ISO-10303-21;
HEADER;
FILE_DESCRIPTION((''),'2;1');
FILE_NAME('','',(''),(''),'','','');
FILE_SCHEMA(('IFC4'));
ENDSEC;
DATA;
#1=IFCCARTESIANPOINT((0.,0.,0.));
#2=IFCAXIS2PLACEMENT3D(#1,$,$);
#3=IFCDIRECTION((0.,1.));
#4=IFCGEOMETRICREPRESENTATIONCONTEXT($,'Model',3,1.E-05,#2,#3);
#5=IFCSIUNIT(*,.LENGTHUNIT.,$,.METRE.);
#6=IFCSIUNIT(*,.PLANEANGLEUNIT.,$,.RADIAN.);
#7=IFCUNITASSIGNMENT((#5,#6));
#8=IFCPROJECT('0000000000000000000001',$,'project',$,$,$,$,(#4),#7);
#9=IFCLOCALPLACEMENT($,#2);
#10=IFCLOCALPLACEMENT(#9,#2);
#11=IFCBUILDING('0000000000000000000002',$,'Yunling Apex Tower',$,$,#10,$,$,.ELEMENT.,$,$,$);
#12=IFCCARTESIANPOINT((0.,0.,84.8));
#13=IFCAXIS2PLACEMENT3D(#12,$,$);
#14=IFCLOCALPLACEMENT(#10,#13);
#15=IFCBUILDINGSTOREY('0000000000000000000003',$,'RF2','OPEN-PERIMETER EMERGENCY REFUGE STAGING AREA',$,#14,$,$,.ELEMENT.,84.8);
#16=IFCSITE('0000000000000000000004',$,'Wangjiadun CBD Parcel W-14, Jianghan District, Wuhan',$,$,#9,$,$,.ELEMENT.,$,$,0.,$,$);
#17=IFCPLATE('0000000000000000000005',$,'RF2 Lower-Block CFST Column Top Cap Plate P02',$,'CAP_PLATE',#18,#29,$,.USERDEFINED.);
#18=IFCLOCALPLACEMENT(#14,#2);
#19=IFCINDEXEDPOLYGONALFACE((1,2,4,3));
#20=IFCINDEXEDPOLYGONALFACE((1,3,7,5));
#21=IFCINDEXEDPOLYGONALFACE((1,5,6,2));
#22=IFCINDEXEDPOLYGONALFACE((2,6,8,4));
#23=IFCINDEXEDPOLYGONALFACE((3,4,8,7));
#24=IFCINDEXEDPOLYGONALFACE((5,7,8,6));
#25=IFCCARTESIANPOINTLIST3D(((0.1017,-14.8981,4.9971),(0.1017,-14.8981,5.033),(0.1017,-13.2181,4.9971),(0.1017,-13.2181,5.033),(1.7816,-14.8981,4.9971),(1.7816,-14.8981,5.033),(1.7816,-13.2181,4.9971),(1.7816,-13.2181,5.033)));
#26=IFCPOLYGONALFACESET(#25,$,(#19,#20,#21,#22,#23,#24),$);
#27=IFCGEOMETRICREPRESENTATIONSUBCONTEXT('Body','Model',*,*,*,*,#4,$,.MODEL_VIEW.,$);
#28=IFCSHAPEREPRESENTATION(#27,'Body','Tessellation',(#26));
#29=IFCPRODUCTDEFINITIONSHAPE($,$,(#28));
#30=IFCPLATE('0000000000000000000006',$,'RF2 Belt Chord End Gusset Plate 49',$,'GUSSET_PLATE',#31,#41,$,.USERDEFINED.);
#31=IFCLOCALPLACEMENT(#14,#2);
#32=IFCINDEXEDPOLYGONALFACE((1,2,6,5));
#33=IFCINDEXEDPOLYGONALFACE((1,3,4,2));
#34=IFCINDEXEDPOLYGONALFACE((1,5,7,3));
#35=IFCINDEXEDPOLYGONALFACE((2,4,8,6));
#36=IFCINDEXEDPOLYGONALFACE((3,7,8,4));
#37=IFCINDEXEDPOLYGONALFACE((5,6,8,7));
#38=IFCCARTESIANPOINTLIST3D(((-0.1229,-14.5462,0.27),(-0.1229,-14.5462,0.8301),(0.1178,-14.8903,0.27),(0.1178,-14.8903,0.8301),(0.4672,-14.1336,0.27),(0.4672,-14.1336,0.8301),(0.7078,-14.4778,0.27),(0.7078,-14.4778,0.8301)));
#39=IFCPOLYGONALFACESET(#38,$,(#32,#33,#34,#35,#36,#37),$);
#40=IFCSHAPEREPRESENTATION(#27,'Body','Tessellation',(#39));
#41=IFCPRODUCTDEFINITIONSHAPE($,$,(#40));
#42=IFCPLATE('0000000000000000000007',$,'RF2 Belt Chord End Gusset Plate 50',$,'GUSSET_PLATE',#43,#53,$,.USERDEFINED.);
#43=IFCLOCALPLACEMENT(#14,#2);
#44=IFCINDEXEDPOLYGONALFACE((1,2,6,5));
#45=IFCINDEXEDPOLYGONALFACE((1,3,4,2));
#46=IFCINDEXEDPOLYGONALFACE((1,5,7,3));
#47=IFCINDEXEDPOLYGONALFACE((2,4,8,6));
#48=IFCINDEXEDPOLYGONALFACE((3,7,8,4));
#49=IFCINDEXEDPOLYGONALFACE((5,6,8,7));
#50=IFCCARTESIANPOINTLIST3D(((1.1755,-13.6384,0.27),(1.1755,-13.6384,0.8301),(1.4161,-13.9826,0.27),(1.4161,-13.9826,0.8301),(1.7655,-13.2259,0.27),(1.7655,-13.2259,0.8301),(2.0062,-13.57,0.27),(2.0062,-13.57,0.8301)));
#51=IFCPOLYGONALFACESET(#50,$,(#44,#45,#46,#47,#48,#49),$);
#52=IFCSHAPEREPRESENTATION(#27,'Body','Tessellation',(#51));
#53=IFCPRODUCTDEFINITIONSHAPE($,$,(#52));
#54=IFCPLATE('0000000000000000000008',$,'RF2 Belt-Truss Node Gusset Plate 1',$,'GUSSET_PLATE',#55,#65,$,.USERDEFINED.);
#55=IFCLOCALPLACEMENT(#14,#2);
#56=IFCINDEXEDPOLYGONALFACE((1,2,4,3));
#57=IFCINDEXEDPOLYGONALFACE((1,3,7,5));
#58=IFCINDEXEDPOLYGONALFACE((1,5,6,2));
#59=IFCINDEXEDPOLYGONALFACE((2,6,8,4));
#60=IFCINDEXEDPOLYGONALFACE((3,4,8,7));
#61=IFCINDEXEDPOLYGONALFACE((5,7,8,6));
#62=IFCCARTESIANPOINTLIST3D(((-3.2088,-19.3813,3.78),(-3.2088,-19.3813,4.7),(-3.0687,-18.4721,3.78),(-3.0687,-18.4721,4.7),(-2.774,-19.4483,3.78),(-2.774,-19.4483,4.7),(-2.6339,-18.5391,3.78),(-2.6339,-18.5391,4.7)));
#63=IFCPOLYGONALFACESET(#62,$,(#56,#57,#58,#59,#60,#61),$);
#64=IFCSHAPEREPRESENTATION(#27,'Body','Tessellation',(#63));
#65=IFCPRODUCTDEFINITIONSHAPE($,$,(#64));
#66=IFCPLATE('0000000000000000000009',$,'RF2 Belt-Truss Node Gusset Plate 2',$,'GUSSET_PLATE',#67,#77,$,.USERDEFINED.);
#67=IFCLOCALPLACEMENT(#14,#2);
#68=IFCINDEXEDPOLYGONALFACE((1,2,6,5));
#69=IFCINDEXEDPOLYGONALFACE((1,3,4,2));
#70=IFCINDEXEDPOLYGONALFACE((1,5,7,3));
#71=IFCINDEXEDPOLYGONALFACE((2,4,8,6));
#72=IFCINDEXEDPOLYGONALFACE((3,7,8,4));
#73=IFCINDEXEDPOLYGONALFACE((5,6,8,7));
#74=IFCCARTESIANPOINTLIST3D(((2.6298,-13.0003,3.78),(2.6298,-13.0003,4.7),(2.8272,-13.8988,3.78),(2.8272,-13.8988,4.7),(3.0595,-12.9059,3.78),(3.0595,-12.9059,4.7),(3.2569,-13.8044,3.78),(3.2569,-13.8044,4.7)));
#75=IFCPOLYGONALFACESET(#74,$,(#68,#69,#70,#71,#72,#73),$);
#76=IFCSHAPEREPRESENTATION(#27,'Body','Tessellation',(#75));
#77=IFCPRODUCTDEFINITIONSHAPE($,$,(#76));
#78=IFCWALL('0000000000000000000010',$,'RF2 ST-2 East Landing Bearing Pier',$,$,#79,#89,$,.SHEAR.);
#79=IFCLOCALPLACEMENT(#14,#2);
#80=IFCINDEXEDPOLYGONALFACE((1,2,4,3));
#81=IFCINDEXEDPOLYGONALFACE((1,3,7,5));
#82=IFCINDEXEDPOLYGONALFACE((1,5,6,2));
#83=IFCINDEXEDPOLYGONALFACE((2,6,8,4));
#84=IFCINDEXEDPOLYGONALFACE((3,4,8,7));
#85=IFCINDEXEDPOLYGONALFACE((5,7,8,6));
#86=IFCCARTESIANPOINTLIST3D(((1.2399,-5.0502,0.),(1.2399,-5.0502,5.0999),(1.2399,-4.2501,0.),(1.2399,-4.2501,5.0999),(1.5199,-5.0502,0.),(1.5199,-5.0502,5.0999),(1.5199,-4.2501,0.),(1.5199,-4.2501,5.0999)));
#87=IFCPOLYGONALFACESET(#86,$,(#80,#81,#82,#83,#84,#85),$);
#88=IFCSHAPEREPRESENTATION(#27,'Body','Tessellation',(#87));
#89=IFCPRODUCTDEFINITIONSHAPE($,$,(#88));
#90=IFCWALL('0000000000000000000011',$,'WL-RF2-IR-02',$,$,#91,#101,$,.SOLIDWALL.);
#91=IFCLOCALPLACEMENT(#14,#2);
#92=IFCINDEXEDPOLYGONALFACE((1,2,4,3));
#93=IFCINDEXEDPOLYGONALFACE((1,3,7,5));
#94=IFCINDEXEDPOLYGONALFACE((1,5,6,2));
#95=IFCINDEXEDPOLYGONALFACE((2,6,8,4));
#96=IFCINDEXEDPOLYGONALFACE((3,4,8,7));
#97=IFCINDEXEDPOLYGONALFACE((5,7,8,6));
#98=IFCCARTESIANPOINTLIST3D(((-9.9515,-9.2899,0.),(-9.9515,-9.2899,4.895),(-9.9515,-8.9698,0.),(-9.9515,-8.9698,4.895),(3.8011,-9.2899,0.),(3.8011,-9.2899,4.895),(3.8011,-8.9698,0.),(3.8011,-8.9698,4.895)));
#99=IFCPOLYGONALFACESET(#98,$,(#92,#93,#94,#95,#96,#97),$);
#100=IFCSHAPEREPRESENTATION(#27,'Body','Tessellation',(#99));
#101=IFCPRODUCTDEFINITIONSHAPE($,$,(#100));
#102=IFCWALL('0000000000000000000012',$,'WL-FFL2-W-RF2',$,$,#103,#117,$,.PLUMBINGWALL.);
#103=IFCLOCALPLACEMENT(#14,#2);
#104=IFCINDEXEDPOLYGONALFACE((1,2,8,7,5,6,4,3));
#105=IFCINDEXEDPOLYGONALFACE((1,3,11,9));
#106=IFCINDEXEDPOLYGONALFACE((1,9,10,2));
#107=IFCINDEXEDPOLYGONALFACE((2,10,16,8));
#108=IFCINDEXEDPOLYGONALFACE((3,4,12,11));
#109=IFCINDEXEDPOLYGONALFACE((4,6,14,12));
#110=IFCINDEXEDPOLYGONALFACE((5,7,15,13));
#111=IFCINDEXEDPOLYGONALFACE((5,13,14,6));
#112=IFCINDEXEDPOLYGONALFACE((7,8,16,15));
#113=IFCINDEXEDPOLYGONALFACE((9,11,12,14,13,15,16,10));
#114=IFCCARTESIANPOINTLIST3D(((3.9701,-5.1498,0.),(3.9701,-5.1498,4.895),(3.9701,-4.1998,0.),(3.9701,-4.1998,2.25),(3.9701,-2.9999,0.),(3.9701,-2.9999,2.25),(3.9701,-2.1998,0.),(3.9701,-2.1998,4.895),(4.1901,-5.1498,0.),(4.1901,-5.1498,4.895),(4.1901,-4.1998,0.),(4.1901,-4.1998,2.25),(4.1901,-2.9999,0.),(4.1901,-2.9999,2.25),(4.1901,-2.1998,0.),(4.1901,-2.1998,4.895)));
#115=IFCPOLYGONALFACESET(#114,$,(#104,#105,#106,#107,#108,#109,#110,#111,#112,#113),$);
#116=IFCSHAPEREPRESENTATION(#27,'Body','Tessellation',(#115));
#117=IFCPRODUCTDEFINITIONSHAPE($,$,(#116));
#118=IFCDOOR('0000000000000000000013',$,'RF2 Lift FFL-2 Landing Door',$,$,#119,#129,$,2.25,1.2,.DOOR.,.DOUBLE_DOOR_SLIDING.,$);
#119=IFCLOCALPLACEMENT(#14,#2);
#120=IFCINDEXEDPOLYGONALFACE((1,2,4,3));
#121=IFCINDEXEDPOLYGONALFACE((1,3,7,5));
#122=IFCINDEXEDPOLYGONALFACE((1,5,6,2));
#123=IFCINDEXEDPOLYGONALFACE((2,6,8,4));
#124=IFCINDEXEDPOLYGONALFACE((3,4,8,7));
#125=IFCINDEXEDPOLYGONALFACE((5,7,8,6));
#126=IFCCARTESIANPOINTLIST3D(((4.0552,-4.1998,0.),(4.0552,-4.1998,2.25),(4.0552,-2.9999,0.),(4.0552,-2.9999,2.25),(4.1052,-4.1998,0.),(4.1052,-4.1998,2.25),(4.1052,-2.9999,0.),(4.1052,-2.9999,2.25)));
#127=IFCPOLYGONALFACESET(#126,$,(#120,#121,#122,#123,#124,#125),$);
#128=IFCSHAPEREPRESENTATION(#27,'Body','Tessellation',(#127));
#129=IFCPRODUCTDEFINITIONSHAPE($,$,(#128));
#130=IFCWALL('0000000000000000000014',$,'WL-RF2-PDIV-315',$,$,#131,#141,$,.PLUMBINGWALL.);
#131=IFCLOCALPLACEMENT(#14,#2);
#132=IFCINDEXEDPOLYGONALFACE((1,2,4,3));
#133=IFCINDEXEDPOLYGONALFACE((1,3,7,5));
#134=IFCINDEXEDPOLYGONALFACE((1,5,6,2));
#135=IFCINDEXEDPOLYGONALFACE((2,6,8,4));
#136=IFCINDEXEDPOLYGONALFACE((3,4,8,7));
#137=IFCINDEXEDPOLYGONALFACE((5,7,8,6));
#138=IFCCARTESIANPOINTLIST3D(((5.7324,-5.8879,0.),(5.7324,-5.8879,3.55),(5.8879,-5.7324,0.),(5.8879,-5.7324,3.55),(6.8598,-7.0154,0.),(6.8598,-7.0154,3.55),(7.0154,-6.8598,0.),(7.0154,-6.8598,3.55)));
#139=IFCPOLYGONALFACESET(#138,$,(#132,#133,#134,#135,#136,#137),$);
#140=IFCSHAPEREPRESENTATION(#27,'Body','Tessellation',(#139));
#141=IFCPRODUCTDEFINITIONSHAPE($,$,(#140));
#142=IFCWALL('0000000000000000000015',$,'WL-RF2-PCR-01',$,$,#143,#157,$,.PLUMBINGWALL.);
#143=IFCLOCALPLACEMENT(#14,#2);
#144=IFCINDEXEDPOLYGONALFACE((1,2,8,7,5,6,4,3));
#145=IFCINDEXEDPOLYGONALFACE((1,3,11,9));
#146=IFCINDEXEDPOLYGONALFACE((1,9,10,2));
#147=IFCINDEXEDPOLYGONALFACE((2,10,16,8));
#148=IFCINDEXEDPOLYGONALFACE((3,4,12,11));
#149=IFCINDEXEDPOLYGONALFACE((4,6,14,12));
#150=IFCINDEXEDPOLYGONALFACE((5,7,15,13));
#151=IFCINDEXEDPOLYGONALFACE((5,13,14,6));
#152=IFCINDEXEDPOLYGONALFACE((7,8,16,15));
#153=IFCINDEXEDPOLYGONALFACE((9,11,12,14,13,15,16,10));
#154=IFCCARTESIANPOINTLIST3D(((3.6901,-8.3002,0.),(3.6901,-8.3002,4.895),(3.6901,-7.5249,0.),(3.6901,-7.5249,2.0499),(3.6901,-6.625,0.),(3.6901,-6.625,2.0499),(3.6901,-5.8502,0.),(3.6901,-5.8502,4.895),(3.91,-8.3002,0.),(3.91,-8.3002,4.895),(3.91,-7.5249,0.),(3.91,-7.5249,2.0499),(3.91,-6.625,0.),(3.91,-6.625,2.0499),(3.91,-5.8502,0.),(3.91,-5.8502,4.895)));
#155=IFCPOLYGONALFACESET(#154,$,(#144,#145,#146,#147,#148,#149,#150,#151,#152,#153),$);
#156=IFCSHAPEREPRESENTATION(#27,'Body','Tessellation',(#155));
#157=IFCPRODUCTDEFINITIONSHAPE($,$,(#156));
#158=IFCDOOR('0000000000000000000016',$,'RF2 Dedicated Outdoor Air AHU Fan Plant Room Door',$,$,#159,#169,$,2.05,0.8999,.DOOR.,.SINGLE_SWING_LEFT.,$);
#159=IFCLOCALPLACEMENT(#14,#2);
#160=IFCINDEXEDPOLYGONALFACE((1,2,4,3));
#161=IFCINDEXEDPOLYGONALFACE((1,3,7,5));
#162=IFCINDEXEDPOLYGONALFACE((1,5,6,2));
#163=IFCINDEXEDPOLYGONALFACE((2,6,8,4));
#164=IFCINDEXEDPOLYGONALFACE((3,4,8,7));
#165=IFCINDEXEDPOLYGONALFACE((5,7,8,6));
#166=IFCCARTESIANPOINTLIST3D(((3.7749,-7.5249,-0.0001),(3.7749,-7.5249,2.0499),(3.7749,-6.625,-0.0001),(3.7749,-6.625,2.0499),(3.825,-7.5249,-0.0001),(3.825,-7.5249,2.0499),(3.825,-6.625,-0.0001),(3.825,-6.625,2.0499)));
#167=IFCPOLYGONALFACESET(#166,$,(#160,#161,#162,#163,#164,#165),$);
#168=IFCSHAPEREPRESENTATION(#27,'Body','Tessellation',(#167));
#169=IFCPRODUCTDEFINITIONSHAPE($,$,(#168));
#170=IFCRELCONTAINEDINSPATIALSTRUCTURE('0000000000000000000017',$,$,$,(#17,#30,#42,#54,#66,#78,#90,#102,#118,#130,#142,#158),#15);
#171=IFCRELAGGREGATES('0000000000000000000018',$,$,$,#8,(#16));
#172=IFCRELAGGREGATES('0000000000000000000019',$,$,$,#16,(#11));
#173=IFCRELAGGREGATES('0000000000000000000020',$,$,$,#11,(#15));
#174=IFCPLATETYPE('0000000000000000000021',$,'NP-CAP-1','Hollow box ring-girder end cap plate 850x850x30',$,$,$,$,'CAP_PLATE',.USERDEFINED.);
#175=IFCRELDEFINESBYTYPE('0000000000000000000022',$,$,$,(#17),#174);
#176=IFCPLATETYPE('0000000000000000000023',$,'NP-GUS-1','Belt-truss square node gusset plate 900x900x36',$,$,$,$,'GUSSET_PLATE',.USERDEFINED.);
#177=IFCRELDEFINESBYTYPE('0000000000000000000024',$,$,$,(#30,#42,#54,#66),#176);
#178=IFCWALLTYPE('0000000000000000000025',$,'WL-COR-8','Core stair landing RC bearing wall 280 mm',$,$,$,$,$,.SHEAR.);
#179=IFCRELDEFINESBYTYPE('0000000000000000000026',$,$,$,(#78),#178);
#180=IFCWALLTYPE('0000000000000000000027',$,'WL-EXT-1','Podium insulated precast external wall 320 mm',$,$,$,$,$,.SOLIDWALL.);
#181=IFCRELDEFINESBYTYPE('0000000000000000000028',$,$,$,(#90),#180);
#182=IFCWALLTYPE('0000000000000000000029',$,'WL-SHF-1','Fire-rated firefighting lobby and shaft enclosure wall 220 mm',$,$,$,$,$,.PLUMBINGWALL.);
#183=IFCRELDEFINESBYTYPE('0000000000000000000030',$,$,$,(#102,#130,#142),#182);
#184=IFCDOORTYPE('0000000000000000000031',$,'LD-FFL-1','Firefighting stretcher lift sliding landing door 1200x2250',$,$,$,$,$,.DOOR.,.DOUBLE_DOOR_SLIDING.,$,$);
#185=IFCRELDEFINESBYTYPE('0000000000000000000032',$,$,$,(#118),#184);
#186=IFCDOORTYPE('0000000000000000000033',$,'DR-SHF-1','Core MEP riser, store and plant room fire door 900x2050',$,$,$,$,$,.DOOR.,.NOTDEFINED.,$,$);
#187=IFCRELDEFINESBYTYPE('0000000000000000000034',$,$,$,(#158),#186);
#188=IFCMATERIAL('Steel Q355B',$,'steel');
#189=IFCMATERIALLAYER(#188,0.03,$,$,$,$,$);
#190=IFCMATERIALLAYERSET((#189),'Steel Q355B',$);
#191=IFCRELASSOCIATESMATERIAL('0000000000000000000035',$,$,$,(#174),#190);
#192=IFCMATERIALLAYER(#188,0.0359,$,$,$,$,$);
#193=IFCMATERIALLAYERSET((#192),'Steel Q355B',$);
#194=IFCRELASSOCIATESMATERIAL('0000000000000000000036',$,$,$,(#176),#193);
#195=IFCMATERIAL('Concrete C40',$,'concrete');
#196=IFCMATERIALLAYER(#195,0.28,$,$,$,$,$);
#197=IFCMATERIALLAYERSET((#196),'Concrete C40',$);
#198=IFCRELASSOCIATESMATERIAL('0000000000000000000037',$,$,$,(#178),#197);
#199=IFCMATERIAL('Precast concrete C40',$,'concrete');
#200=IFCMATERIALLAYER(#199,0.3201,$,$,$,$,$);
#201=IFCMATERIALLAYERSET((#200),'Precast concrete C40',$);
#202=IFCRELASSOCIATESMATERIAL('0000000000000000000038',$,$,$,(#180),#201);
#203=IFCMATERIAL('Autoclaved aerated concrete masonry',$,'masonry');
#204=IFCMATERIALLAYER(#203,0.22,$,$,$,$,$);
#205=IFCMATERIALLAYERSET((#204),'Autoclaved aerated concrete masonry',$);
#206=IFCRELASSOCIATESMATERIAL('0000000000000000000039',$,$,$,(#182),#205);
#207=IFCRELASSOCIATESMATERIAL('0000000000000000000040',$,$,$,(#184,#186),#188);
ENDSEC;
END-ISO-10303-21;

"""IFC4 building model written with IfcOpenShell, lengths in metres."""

from ifc_helpers import new_model, si_unit, direction, frame, frame_2d, origin, origin_2d, place, context, subcontext, project, spatial, rectangle, extrude, source, transform, mapped, material, layer, layer_set, type_object, element, fill, save


model = new_model("IFC4")

# Units and contexts
model_context = context("Model", 3, precision=1e-05, world=origin(), true_north=direction((0.0, 1.0)))
body_context = subcontext(model_context, "Body", "Model", "MODEL_VIEW")
ifc_project = project(units=[si_unit("LENGTHUNIT", "METRE"), si_unit("PLANEANGLEUNIT", "RADIAN")], contexts=[model_context])

# Site, building, storey
site_placement = place(None, origin())
site = spatial("IfcSite", under=ifc_project, at=site_placement, Name="Wangjiadun CBD Parcel W-14, Jianghan District, Wuhan", CompositionType="ELEMENT", RefElevation=0.0)
building_placement = place(site_placement, origin())
building = spatial("IfcBuilding", under=site, at=building_placement, Name="Yunling Apex Tower", CompositionType="ELEMENT")
storey_placement = place(building_placement, frame((0.0, 0.0, 84.8)))
storey = spatial("IfcBuildingStorey", under=building, at=storey_placement, Name="RF2", Description="OPEN-PERIMETER EMERGENCY REFUGE STAGING AREA", CompositionType="ELEMENT", Elevation=84.8)

# Plates
ifc_material_1 = material(Name="Steel Q355B", Category="steel")
ifc_layer_1 = layer(ifc_material_1, 0.03)
ifc_layer_set_1 = layer_set([ifc_layer_1], Name="Steel Q355B")
plate_type_1 = type_object("IfcPlateType", Name="NP-CAP-1", Description="Hollow box ring-girder end cap plate 850x850x30", ElementType="CAP_PLATE", PredefinedType="USERDEFINED", material=ifc_layer_set_1)
shared_shape_1 = source(origin(), body_context, "Body", "SweptSolid", [
    extrude(rectangle(XDim=1.6799, YDim=1.6799, at=origin_2d()), origin(), (0.0, 0.0, 1.0), 0.0359),
])
plate_placement = place(storey_placement, frame((0.9417, -14.0581, 4.9971), z_axis=(0.0, 0.0, 1.0), x_axis=(1.0, 0.0, 0.0)))
element("IfcPlate", 1, at=plate_placement, inside=storey, type_object=plate_type_1, Name="RF2 Lower-Block CFST Column Top Cap Plate P02", ObjectType="CAP_PLATE", PredefinedType="USERDEFINED", context=body_context, shape_type="MappedRepresentation", body=[
    mapped(shared_shape_1, transform((0.0, 0.0, 0.0), scale=1.0)),
])
ifc_layer_2 = layer(ifc_material_1, 0.0359)
ifc_layer_set_2 = layer_set([ifc_layer_2], Name="Steel Q355B")
plate_type_2 = type_object("IfcPlateType", Name="NP-GUS-1", Description="Belt-truss square node gusset plate 900x900x36", ElementType="GUSSET_PLATE", PredefinedType="USERDEFINED", material=ifc_layer_set_2)
shared_shape_2 = source(origin(), body_context, "Body", "SweptSolid", [
    extrude(rectangle(XDim=0.72, YDim=0.4199, at=origin_2d()), origin(), (0.0, 0.0, 1.0), 0.5601),
])
for number, where, z_axis, x_axis, name in (
    (2, (0.2925, -14.512, 0.27), (0.0, 0.0, 1.0), (0.819552, 0.573004, 0.0), "RF2 Belt Chord End Gusset Plate 49"),
    (3, (1.5908, -13.6042, 0.27), (0.0, 0.0, 1.0), (0.819552, 0.573004, 0.0), "RF2 Belt Chord End Gusset Plate 50"),
):
    element("IfcPlate", number, at=place(storey_placement, frame(where, z_axis=z_axis, x_axis=x_axis)), inside=storey, type_object=plate_type_2, Name=name, ObjectType="GUSSET_PLATE", PredefinedType="USERDEFINED", context=body_context, shape_type="MappedRepresentation", body=[
        mapped(shared_shape_2, transform((0.0, 0.0, 0.0), scale=1.0)),
    ])
shared_shape_3 = source(origin(), body_context, "Body", "SweptSolid", [
    extrude(rectangle(XDim=0.9199, YDim=0.4399, at=origin_2d()), origin(), (0.0, 0.0, 1.0), 0.9199),
])
for number, where, z_axis, x_axis, name in (
    (4, (-2.9214, -18.9602, 3.78), (0.0, 0.0, 1.0), (-0.152296, -0.988335, 0.0), "RF2 Belt-Truss Node Gusset Plate 1"),
    (5, (2.9434, -13.4023, 3.78), (0.0, 0.0, 1.0), (0.214565, -0.97671, 0.0), "RF2 Belt-Truss Node Gusset Plate 2"),
):
    element("IfcPlate", number, at=place(storey_placement, frame(where, z_axis=z_axis, x_axis=x_axis)), inside=storey, type_object=plate_type_2, Name=name, ObjectType="GUSSET_PLATE", PredefinedType="USERDEFINED", context=body_context, shape_type="MappedRepresentation", body=[
        mapped(shared_shape_3, transform((0.0, 0.0, 0.0), scale=1.0)),
    ])

# Walls
ifc_material_2 = material(Name="Concrete C40", Category="concrete")
ifc_layer_3 = layer(ifc_material_2, 0.28)
ifc_layer_set_3 = layer_set([ifc_layer_3], Name="Concrete C40")
wall_type_1 = type_object("IfcWallType", Name="WL-COR-8", Description="Core stair landing RC bearing wall 280 mm", PredefinedType="SHEAR", material=ifc_layer_set_3)
wall_1_placement = place(storey_placement, frame((1.3799, -5.05, 0.0), z_axis=(0.0, 0.0, 1.0), x_axis=(0.0, 1.0, 0.0)))
element("IfcWall", 6, at=wall_1_placement, inside=storey, type_object=wall_type_1, Name="RF2 ST-2 East Landing Bearing Pier", PredefinedType="SHEAR", context=body_context, shape_type="SweptSolid", body=[
    extrude(rectangle(XDim=0.8, YDim=0.28, at=frame_2d((0.3999, 0.0))), origin(), (0.0, 0.0, 1.0), 5.0999),
])
ifc_material_3 = material(Name="Precast concrete C40", Category="concrete")
ifc_layer_4 = layer(ifc_material_3, 0.3201)
ifc_layer_set_4 = layer_set([ifc_layer_4], Name="Precast concrete C40")
wall_type_2 = type_object("IfcWallType", Name="WL-EXT-1", Description="Podium insulated precast external wall 320 mm", PredefinedType="SOLIDWALL", material=ifc_layer_set_4)
wall_2_placement = place(storey_placement, frame((3.8013, -9.1299, 0.0), z_axis=(0.0, 0.0, 1.0), x_axis=(-1.0, 0.0, 0.0)))
element("IfcWall", 7, at=wall_2_placement, inside=storey, type_object=wall_type_2, Name="WL-RF2-IR-02", PredefinedType="SOLIDWALL", context=body_context, shape_type="SweptSolid", body=[
    extrude(rectangle(XDim=13.7527, YDim=0.3201, at=frame_2d((6.8765, 0.0))), origin(), (0.0, 0.0, 1.0), 4.895),
])

# Wall, opening, door
ifc_material_4 = material(Name="Autoclaved aerated concrete masonry", Category="masonry")
ifc_layer_5 = layer(ifc_material_4, 0.22)
ifc_layer_set_5 = layer_set([ifc_layer_5], Name="Autoclaved aerated concrete masonry")
wall_type_3 = type_object("IfcWallType", Name="WL-SHF-1", Description="Fire-rated firefighting lobby and shaft enclosure wall 220 mm", PredefinedType="PLUMBINGWALL", material=ifc_layer_set_5)
wall_3_placement = place(storey_placement, frame((4.0801, -5.1499, 0.0), z_axis=(0.0, 0.0, 1.0), x_axis=(0.0, 1.0, 0.0)))
wall_3 = element("IfcWall", 8, at=wall_3_placement, inside=storey, type_object=wall_type_3, Name="WL-FFL2-W-RF2", PredefinedType="PLUMBINGWALL", context=body_context, shape_type="SweptSolid", body=[
    extrude(rectangle(XDim=2.95, YDim=0.22, at=frame_2d((1.4751, 0.0))), origin(), (0.0, 0.0, 1.0), 4.895),
])
opening_1_placement = place(wall_3_placement, frame((0.95, 0.0, 0.0)))
opening_1 = element("IfcOpeningElement", 9, at=opening_1_placement, cuts=wall_3, PredefinedType="OPENING", context=body_context, shape_type="SweptSolid", body=[
    extrude(rectangle(XDim=1.2, YDim=2.25, at=frame_2d((0.6001, 1.125))), frame((0.0, 0.1201, 0.0), z_axis=(0.0, -1.0, 0.0), x_axis=(1.0, 0.0, 0.0)), (0.0, 0.0, 1.0), 0.24),
])
door_type_1 = type_object("IfcDoorType", Name="LD-FFL-1", Description="Firefighting stretcher lift sliding landing door 1200x2250", OperationType="DOUBLE_DOOR_SLIDING", PredefinedType="DOOR", material=ifc_material_1)
door_1_placement = place(opening_1_placement, origin())
door_1 = element("IfcDoor", 10, at=door_1_placement, inside=storey, type_object=door_type_1, Name="RF2 Lift FFL-2 Landing Door", OperationType="DOUBLE_DOOR_SLIDING", OverallHeight=2.25, OverallWidth=1.2, PredefinedType="DOOR", context=body_context, shape_type="SweptSolid", body=[
    extrude(rectangle(XDim=1.2, YDim=2.25, at=frame_2d((0.6001, 1.125))), frame((0.0, 0.0249, 0.0), z_axis=(0.0, -1.0, 0.0), x_axis=(1.0, 0.0, 0.0)), (0.0, 0.0, 1.0), 0.05),
])
fill(opening_1, door_1)

# Wall
wall_4_placement = place(storey_placement, frame((5.8101, -5.8101, 0.0), z_axis=(0.0, 0.0, 1.0), x_axis=(0.707107, -0.707107, 0.0)))
element("IfcWall", 11, at=wall_4_placement, inside=storey, type_object=wall_type_3, Name="WL-RF2-PDIV-315", PredefinedType="PLUMBINGWALL", context=body_context, shape_type="SweptSolid", body=[
    extrude(rectangle(XDim=1.5945, YDim=0.22, at=frame_2d((0.7974, 0.0))), origin(), (0.0, 0.0, 1.0), 3.55),
])

# Wall, opening, door
wall_5_placement = place(storey_placement, frame((3.8, -5.8501, 0.0), z_axis=(0.0, 0.0, 1.0), x_axis=(0.0, -1.0, 0.0)))
wall_5 = element("IfcWall", 12, at=wall_5_placement, inside=storey, type_object=wall_type_3, Name="WL-RF2-PCR-01", PredefinedType="PLUMBINGWALL", context=body_context, shape_type="SweptSolid", body=[
    extrude(rectangle(XDim=2.45, YDim=0.22, at=frame_2d((1.2251, 0.0))), origin(), (0.0, 0.0, 1.0), 4.895),
])
opening_2_placement = place(wall_5_placement, frame((0.7749, 0.0, 0.0)))
opening_2 = element("IfcOpeningElement", 13, at=opening_2_placement, cuts=wall_5, PredefinedType="OPENING", context=body_context, shape_type="SweptSolid", body=[
    extrude(rectangle(XDim=0.8999, YDim=2.05, at=frame_2d((0.45, 1.0249))), frame((0.0, 0.1201, 0.0), z_axis=(0.0, -1.0, 0.0), x_axis=(1.0, 0.0, 0.0)), (0.0, 0.0, 1.0), 0.24),
])
door_type_2 = type_object("IfcDoorType", Name="DR-SHF-1", Description="Core MEP riser, store and plant room fire door 900x2050", OperationType="NOTDEFINED", PredefinedType="DOOR", material=ifc_material_1)
door_2_placement = place(opening_2_placement, origin())
door_2 = element("IfcDoor", 14, at=door_2_placement, inside=storey, type_object=door_type_2, Name="RF2 Dedicated Outdoor Air AHU Fan Plant Room Door", OperationType="SINGLE_SWING_LEFT", OverallHeight=2.05, OverallWidth=0.8999, PredefinedType="DOOR", context=body_context, shape_type="SweptSolid", body=[
    extrude(rectangle(XDim=0.8999, YDim=2.05, at=frame_2d((0.45, 1.0249))), frame((0.0, 0.0249, 0.0), z_axis=(0.0, -1.0, 0.0), x_axis=(1.0, 0.0, 0.0)), (0.0, 0.0, 1.0), 0.05),
])
fill(opening_2, door_2)

save(model, "model.ifc")
